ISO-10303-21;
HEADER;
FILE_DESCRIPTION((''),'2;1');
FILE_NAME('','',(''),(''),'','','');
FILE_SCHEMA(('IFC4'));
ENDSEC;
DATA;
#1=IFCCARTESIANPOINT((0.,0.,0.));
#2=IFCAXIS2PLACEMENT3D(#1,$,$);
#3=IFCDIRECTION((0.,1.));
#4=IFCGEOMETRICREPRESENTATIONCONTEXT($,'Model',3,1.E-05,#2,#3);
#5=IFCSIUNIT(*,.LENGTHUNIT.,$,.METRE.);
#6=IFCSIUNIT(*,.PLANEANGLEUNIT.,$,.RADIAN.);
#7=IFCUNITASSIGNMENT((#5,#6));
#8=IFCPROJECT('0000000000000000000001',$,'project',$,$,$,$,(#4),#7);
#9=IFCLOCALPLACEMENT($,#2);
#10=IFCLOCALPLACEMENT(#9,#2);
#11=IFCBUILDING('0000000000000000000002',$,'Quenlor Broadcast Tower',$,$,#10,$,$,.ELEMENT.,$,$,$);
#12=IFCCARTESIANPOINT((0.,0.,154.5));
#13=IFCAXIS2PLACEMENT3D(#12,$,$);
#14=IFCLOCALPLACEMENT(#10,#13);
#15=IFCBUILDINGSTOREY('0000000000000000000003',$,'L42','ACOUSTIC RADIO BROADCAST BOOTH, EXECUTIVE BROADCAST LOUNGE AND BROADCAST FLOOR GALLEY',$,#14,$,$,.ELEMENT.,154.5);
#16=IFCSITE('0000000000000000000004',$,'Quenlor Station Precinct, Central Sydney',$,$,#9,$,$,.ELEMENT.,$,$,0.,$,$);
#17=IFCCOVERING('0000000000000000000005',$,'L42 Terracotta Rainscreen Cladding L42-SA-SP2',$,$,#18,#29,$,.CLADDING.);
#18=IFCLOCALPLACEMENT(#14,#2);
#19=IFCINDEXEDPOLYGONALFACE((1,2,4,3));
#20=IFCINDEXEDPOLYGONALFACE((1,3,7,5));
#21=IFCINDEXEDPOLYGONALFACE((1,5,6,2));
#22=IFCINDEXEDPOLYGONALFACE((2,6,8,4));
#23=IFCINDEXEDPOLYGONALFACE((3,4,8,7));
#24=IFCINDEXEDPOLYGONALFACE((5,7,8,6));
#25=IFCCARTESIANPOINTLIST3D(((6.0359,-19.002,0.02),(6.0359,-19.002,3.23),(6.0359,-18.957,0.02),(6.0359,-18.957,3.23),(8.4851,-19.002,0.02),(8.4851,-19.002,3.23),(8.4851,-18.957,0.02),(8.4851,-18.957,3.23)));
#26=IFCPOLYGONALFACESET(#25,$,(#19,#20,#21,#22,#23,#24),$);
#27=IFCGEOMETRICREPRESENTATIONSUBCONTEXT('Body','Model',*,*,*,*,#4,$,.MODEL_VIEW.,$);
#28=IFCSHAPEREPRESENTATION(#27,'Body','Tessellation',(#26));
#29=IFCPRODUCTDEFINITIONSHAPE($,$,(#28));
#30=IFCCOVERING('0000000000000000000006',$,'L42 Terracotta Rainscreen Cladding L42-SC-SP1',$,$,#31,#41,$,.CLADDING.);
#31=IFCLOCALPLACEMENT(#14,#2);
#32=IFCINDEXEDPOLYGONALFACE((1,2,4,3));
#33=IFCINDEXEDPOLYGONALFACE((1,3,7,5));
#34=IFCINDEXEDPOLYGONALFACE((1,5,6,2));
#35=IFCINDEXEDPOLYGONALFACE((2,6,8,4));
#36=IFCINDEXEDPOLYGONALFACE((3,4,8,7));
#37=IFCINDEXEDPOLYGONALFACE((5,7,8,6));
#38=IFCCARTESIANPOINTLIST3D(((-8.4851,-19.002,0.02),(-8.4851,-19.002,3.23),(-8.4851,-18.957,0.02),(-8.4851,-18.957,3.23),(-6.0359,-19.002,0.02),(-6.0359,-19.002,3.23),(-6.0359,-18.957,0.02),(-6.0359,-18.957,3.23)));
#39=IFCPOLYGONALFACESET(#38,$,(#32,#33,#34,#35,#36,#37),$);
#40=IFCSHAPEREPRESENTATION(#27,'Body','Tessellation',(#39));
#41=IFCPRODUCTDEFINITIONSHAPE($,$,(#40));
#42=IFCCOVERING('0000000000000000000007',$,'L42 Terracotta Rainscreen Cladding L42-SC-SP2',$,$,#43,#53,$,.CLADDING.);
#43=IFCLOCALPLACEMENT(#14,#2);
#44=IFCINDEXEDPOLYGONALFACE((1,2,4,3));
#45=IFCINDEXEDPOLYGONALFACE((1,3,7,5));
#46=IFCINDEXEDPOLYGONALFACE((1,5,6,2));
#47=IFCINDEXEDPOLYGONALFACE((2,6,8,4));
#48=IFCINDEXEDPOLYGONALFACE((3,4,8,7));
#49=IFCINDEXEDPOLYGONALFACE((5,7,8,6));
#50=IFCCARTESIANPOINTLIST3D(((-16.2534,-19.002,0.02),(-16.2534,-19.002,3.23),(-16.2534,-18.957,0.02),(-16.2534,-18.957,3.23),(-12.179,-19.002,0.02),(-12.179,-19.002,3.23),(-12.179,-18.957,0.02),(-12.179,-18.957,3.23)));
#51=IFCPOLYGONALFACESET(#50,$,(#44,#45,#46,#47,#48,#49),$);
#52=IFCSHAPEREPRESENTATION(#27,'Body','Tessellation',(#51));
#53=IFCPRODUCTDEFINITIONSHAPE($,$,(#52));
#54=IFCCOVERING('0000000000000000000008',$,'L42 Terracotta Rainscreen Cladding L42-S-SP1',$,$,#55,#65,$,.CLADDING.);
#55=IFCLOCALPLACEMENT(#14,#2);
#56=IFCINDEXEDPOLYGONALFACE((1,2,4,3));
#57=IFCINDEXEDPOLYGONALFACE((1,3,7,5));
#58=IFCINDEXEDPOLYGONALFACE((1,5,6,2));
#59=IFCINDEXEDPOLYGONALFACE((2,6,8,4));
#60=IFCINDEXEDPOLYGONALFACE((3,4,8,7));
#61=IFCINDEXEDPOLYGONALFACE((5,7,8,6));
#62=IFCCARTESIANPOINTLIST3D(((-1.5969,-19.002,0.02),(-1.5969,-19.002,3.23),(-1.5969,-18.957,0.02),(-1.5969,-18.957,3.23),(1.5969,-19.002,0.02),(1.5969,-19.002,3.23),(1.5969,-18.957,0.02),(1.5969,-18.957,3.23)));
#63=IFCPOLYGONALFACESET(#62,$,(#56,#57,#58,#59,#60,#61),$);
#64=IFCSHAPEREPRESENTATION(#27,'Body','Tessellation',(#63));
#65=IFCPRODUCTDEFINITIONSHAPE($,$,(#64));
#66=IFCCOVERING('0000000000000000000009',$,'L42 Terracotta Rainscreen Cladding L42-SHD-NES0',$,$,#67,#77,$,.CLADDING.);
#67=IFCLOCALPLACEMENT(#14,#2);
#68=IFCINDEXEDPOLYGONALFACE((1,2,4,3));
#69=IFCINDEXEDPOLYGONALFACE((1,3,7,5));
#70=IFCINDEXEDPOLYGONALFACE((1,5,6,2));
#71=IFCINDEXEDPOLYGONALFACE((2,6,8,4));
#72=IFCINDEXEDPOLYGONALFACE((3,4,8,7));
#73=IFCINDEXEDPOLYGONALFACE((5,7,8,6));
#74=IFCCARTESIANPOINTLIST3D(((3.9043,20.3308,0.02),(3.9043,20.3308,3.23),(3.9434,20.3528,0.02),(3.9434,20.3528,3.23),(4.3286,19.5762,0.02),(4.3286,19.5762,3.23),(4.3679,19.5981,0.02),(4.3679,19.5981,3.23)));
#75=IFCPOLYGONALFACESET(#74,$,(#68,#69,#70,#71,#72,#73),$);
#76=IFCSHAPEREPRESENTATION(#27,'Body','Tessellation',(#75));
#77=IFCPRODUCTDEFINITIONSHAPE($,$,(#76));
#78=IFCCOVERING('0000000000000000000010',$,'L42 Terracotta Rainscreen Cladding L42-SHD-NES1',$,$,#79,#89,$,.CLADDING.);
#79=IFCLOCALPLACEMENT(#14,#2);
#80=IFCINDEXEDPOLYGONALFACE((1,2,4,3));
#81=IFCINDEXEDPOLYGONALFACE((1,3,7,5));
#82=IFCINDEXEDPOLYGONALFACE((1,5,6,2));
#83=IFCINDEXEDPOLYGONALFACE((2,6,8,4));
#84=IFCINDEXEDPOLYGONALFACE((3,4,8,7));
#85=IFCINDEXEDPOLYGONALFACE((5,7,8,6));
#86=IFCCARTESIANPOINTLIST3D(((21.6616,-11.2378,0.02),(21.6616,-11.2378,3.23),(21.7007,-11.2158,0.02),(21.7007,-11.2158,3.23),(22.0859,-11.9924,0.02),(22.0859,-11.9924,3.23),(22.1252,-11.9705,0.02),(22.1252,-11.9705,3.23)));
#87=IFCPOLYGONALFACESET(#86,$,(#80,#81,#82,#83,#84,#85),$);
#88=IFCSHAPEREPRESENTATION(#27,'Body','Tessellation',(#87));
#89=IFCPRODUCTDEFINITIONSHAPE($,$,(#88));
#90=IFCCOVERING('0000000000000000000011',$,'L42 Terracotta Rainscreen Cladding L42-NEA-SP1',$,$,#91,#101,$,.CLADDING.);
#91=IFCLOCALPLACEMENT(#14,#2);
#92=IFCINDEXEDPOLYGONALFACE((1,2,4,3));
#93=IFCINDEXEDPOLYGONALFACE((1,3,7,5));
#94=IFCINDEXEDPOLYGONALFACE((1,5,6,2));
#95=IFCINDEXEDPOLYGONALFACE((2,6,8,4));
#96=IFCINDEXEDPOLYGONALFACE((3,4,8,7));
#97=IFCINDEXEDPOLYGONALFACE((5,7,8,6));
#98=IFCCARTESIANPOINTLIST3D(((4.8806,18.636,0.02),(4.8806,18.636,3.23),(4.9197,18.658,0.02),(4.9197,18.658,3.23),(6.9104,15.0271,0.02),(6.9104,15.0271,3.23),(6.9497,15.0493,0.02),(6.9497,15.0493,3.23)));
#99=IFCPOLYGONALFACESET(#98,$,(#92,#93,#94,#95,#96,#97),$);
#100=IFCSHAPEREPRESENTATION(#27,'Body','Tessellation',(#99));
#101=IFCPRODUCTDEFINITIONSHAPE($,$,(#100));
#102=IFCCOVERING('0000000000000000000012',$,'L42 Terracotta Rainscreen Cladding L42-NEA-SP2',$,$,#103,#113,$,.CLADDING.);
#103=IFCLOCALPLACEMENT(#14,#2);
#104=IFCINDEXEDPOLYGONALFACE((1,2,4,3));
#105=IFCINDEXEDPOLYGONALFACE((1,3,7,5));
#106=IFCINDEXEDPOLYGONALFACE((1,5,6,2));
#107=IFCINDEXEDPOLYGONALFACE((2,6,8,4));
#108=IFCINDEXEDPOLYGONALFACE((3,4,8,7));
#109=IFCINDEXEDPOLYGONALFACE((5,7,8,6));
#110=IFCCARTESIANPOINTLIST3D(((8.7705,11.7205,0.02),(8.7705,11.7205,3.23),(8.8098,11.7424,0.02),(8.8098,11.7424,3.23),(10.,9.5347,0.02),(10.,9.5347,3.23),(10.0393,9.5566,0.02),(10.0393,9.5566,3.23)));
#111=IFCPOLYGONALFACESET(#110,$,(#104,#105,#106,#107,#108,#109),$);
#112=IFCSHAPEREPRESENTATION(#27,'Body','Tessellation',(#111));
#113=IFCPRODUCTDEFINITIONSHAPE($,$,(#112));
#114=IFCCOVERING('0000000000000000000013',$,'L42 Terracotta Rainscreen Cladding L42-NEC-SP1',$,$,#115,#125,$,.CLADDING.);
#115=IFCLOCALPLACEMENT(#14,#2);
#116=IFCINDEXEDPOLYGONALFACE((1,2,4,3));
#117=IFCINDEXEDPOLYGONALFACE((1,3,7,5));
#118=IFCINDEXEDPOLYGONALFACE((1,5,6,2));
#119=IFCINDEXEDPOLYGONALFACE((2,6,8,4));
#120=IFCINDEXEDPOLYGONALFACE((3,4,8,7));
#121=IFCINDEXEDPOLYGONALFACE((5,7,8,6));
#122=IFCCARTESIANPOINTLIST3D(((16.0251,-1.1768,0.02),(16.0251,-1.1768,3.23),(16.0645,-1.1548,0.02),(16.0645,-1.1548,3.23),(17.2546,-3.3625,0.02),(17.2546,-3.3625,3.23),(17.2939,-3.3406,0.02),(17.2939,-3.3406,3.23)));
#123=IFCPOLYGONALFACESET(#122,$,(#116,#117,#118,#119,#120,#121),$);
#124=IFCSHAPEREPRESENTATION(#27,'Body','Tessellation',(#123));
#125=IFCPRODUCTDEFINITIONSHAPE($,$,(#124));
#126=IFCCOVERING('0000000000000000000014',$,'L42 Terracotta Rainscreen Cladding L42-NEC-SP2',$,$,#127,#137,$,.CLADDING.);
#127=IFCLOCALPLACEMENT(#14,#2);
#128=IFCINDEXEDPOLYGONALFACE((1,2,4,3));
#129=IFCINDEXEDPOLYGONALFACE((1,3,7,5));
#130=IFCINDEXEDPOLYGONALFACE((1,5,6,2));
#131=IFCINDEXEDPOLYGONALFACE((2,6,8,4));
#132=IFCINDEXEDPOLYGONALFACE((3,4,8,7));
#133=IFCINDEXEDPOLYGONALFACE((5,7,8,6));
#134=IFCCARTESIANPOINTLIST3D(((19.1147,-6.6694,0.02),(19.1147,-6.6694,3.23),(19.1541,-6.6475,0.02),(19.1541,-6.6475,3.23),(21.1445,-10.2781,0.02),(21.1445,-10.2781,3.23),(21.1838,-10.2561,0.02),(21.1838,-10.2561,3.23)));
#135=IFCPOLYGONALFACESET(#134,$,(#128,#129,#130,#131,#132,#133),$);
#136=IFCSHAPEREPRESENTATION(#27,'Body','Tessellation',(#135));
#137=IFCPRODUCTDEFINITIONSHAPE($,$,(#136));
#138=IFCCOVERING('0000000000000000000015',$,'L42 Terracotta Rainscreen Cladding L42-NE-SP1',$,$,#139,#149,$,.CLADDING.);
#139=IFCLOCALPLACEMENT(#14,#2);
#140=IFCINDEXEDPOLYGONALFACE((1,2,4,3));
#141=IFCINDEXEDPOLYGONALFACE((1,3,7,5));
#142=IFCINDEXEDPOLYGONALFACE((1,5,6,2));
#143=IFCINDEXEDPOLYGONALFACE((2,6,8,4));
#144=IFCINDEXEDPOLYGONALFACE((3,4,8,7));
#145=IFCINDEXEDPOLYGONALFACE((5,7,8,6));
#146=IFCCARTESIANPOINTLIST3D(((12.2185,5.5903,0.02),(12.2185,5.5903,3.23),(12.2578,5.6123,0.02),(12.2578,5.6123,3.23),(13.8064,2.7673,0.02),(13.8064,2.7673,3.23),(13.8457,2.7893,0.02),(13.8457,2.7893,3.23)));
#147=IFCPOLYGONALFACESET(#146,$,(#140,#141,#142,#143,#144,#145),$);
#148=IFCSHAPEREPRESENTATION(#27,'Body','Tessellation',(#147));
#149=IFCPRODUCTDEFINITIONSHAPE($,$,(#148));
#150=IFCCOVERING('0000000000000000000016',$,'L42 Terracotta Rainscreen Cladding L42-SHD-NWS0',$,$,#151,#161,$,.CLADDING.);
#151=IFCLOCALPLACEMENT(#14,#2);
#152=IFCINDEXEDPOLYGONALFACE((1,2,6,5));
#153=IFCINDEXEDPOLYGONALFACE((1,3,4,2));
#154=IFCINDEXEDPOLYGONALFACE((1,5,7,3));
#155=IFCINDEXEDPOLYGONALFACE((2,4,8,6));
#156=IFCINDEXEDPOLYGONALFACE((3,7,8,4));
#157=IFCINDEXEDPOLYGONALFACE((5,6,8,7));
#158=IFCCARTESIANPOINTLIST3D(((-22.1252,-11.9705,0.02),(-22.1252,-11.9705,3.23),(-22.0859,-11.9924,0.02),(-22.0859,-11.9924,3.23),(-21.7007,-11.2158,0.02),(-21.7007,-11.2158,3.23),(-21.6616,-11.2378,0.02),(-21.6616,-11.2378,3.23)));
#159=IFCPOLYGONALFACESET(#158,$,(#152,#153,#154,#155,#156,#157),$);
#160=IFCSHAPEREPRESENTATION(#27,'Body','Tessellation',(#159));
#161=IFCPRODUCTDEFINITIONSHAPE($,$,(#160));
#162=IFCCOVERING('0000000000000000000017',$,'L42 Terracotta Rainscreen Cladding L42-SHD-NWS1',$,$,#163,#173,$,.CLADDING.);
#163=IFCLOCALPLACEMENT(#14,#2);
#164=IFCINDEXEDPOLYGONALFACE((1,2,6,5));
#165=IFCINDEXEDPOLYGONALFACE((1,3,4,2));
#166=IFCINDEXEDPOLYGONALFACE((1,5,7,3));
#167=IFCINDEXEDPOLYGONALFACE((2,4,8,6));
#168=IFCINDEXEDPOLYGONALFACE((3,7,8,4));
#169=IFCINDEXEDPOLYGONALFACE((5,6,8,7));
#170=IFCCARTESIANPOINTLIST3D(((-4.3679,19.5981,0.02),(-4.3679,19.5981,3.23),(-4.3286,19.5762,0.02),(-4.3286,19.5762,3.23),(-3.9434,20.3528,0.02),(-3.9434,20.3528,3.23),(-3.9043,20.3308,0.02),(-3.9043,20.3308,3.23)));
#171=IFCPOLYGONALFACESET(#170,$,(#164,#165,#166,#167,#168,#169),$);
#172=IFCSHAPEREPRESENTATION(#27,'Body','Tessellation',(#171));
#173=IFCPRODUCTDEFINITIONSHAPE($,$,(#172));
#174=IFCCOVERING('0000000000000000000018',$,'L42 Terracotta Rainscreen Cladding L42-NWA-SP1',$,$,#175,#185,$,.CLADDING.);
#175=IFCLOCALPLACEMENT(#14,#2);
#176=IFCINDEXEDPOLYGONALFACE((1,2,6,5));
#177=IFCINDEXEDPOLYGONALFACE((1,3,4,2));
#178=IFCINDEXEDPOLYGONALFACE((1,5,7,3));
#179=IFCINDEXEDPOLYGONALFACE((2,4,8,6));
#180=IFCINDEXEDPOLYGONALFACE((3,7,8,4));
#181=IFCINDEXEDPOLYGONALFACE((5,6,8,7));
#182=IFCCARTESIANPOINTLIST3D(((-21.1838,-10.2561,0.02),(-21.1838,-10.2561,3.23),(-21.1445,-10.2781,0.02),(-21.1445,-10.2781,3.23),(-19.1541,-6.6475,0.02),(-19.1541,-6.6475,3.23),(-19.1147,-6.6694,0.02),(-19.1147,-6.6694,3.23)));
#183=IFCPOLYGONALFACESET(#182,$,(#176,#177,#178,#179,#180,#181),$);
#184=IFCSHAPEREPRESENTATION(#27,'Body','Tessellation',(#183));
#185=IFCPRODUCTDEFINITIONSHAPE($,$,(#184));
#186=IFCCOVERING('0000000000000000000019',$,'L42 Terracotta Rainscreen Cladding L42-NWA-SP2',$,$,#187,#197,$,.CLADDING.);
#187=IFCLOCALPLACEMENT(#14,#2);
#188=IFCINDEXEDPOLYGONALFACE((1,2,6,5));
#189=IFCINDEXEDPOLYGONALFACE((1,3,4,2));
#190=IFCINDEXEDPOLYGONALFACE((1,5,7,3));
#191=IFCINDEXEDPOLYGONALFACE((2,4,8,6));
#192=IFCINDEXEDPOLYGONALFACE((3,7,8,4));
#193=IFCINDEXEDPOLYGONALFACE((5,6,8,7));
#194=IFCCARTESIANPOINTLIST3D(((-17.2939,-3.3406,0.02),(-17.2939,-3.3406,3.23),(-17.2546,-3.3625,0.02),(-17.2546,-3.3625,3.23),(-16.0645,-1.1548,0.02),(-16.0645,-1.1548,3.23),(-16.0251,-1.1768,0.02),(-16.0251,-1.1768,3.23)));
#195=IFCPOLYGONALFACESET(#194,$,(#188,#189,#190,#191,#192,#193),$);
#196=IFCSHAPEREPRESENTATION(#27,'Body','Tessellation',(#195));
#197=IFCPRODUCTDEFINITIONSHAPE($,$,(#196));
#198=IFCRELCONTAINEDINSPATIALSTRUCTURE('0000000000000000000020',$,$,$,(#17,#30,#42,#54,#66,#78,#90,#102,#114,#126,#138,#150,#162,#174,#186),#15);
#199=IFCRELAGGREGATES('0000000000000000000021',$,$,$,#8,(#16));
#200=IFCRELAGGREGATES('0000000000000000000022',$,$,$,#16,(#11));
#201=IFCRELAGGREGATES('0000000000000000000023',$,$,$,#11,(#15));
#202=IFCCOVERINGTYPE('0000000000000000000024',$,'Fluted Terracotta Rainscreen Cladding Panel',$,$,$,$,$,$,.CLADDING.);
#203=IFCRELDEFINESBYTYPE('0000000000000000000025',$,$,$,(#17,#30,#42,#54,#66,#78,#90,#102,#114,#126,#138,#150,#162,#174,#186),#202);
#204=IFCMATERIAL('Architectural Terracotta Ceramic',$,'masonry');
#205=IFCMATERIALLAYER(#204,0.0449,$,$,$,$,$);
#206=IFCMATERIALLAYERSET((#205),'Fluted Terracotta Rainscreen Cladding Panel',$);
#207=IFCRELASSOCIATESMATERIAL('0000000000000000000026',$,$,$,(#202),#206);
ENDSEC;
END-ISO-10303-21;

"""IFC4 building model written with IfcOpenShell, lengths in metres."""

from ifc_helpers import new_model, si_unit, direction, frame, origin, place, context, subcontext, project, spatial, polyline, outline, extrude, material, layer, layer_set, type_object, element, save


model = new_model("IFC4")

# Units and contexts
model_context = context("Model", 3, precision=1e-05, world=origin(), true_north=direction((0.0, 1.0)))
body_context = subcontext(model_context, "Body", "Model", "MODEL_VIEW")
ifc_project = project(units=[si_unit("LENGTHUNIT", "METRE"), si_unit("PLANEANGLEUNIT", "RADIAN")], contexts=[model_context])

# Site, building, storey
site_placement = place(None, origin())
site = spatial("IfcSite", under=ifc_project, at=site_placement, Name="Quenlor Station Precinct, Central Sydney", CompositionType="ELEMENT", RefElevation=0.0)
building_placement = place(site_placement, origin())
building = spatial("IfcBuilding", under=site, at=building_placement, Name="Quenlor Broadcast Tower", CompositionType="ELEMENT")
storey_placement = place(building_placement, frame((0.0, 0.0, 154.5)))
storey = spatial("IfcBuildingStorey", under=building, at=storey_placement, Name="L42", Description="ACOUSTIC RADIO BROADCAST BOOTH, EXECUTIVE BROADCAST LOUNGE AND BROADCAST FLOOR GALLEY", CompositionType="ELEMENT", Elevation=154.5)

# Coverings
ifc_material = material(Name="Architectural Terracotta Ceramic", Category="masonry")
ifc_layer = layer(ifc_material, 0.0449)
ifc_layer_set = layer_set([ifc_layer], Name="Fluted Terracotta Rainscreen Cladding Panel")
covering_type = type_object("IfcCoveringType", Name="Fluted Terracotta Rainscreen Cladding Panel", PredefinedType="CLADDING", material=ifc_layer_set)
covering_1_placement = place(storey_placement, frame((0.0, 0.0, 0.02)))
element("IfcCovering", 1, at=covering_1_placement, inside=storey, type_object=covering_type, Name="L42 Terracotta Rainscreen Cladding L42-SA-SP2", PredefinedType="CLADDING", context=body_context, shape_type="SweptSolid", body=[
    extrude(outline(polyline([(8.4851, -18.957), (6.0359, -18.957), (6.0359, -19.002), (8.4851, -19.002), (8.4851, -18.957)])), origin(), (0.0, 0.0, 1.0), 3.21),
])
covering_2_placement = place(storey_placement, frame((0.0, 0.0, 0.02)))
element("IfcCovering", 2, at=covering_2_placement, inside=storey, type_object=covering_type, Name="L42 Terracotta Rainscreen Cladding L42-SC-SP1", PredefinedType="CLADDING", context=body_context, shape_type="SweptSolid", body=[
    extrude(outline(polyline([(-6.0359, -18.957), (-8.4851, -18.957), (-8.4851, -19.002), (-6.0359, -19.002), (-6.0359, -18.957)])), origin(), (0.0, 0.0, 1.0), 3.21),
])
covering_3_placement = place(storey_placement, frame((0.0, 0.0, 0.02)))
element("IfcCovering", 3, at=covering_3_placement, inside=storey, type_object=covering_type, Name="L42 Terracotta Rainscreen Cladding L42-SC-SP2", PredefinedType="CLADDING", context=body_context, shape_type="SweptSolid", body=[
    extrude(outline(polyline([(-12.179, -18.957), (-16.2534, -18.957), (-16.2534, -19.002), (-12.179, -19.002), (-12.179, -18.957)])), origin(), (0.0, 0.0, 1.0), 3.21),
])
covering_4_placement = place(storey_placement, frame((0.0, 0.0, 0.02)))
element("IfcCovering", 4, at=covering_4_placement, inside=storey, type_object=covering_type, Name="L42 Terracotta Rainscreen Cladding L42-S-SP1", PredefinedType="CLADDING", context=body_context, shape_type="SweptSolid", body=[
    extrude(outline(polyline([(1.5969, -18.957), (-1.5969, -18.957), (-1.5969, -19.002), (1.5969, -19.002), (1.5969, -18.957)])), origin(), (0.0, 0.0, 1.0), 3.21),
])
covering_5_placement = place(storey_placement, frame((0.0, 0.0, 0.02)))
element("IfcCovering", 5, at=covering_5_placement, inside=storey, type_object=covering_type, Name="L42 Terracotta Rainscreen Cladding L42-SHD-NES0", PredefinedType="CLADDING", context=body_context, shape_type="SweptSolid", body=[
    extrude(outline(polyline([(3.9043, 20.3308), (4.3286, 19.5762), (4.3679, 19.5981), (3.9434, 20.3528), (3.9043, 20.3308)])), origin(), (0.0, 0.0, 1.0), 3.21),
])
covering_6_placement = place(storey_placement, frame((0.0, 0.0, 0.02)))
element("IfcCovering", 6, at=covering_6_placement, inside=storey, type_object=covering_type, Name="L42 Terracotta Rainscreen Cladding L42-SHD-NES1", PredefinedType="CLADDING", context=body_context, shape_type="SweptSolid", body=[
    extrude(outline(polyline([(21.6616, -11.2378), (22.0859, -11.9924), (22.1252, -11.9705), (21.7007, -11.2158), (21.6616, -11.2378)])), origin(), (0.0, 0.0, 1.0), 3.21),
])
covering_7_placement = place(storey_placement, frame((0.0, 0.0, 0.02)))
element("IfcCovering", 7, at=covering_7_placement, inside=storey, type_object=covering_type, Name="L42 Terracotta Rainscreen Cladding L42-NEA-SP1", PredefinedType="CLADDING", context=body_context, shape_type="SweptSolid", body=[
    extrude(outline(polyline([(4.8806, 18.636), (6.9104, 15.0271), (6.9497, 15.0493), (4.9197, 18.658), (4.8806, 18.636)])), origin(), (0.0, 0.0, 1.0), 3.21),
])
covering_8_placement = place(storey_placement, frame((0.0, 0.0, 0.02)))
element("IfcCovering", 8, at=covering_8_placement, inside=storey, type_object=covering_type, Name="L42 Terracotta Rainscreen Cladding L42-NEA-SP2", PredefinedType="CLADDING", context=body_context, shape_type="SweptSolid", body=[
    extrude(outline(polyline([(8.7705, 11.7205), (10.0, 9.5347), (10.0393, 9.5566), (8.8098, 11.7424), (8.7705, 11.7205)])), origin(), (0.0, 0.0, 1.0), 3.21),
])
covering_9_placement = place(storey_placement, frame((0.0, 0.0, 0.02)))
element("IfcCovering", 9, at=covering_9_placement, inside=storey, type_object=covering_type, Name="L42 Terracotta Rainscreen Cladding L42-NEC-SP1", PredefinedType="CLADDING", context=body_context, shape_type="SweptSolid", body=[
    extrude(outline(polyline([(16.0251, -1.1768), (17.2546, -3.3625), (17.2939, -3.3406), (16.0645, -1.1548), (16.0251, -1.1768)])), origin(), (0.0, 0.0, 1.0), 3.21),
])
covering_10_placement = place(storey_placement, frame((0.0, 0.0, 0.02)))
element("IfcCovering", 10, at=covering_10_placement, inside=storey, type_object=covering_type, Name="L42 Terracotta Rainscreen Cladding L42-NEC-SP2", PredefinedType="CLADDING", context=body_context, shape_type="SweptSolid", body=[
    extrude(outline(polyline([(19.1147, -6.6694), (21.1445, -10.2781), (21.1838, -10.2561), (19.1541, -6.6475), (19.1147, -6.6694)])), origin(), (0.0, 0.0, 1.0), 3.21),
])
covering_11_placement = place(storey_placement, frame((0.0, 0.0, 0.02)))
element("IfcCovering", 11, at=covering_11_placement, inside=storey, type_object=covering_type, Name="L42 Terracotta Rainscreen Cladding L42-NE-SP1", PredefinedType="CLADDING", context=body_context, shape_type="SweptSolid", body=[
    extrude(outline(polyline([(12.2185, 5.5903), (13.8064, 2.7673), (13.8457, 2.7893), (12.2578, 5.6123), (12.2185, 5.5903)])), origin(), (0.0, 0.0, 1.0), 3.21),
])
covering_12_placement = place(storey_placement, frame((0.0, 0.0, 0.02)))
element("IfcCovering", 12, at=covering_12_placement, inside=storey, type_object=covering_type, Name="L42 Terracotta Rainscreen Cladding L42-SHD-NWS0", PredefinedType="CLADDING", context=body_context, shape_type="SweptSolid", body=[
    extrude(outline(polyline([(-22.0859, -11.9924), (-21.6616, -11.2378), (-21.7007, -11.2158), (-22.1252, -11.9705), (-22.0859, -11.9924)])), origin(), (0.0, 0.0, 1.0), 3.21),
])
covering_13_placement = place(storey_placement, frame((0.0, 0.0, 0.02)))
element("IfcCovering", 13, at=covering_13_placement, inside=storey, type_object=covering_type, Name="L42 Terracotta Rainscreen Cladding L42-SHD-NWS1", PredefinedType="CLADDING", context=body_context, shape_type="SweptSolid", body=[
    extrude(outline(polyline([(-4.3286, 19.5762), (-3.9043, 20.3308), (-3.9434, 20.3528), (-4.3679, 19.5981), (-4.3286, 19.5762)])), origin(), (0.0, 0.0, 1.0), 3.21),
])
covering_14_placement = place(storey_placement, frame((0.0, 0.0, 0.02)))
element("IfcCovering", 14, at=covering_14_placement, inside=storey, type_object=covering_type, Name="L42 Terracotta Rainscreen Cladding L42-NWA-SP1", PredefinedType="CLADDING", context=body_context, shape_type="SweptSolid", body=[
    extrude(outline(polyline([(-21.1445, -10.2781), (-19.1147, -6.6694), (-19.1541, -6.6475), (-21.1838, -10.2561), (-21.1445, -10.2781)])), origin(), (0.0, 0.0, 1.0), 3.21),
])
covering_15_placement = place(storey_placement, frame((0.0, 0.0, 0.02)))
element("IfcCovering", 15, at=covering_15_placement, inside=storey, type_object=covering_type, Name="L42 Terracotta Rainscreen Cladding L42-NWA-SP2", PredefinedType="CLADDING", context=body_context, shape_type="SweptSolid", body=[
    extrude(outline(polyline([(-17.2546, -3.3625), (-16.0251, -1.1768), (-16.0645, -1.1548), (-17.2939, -3.3406), (-17.2546, -3.3625)])), origin(), (0.0, 0.0, 1.0), 3.21),
])

save(model, "model.ifc")
